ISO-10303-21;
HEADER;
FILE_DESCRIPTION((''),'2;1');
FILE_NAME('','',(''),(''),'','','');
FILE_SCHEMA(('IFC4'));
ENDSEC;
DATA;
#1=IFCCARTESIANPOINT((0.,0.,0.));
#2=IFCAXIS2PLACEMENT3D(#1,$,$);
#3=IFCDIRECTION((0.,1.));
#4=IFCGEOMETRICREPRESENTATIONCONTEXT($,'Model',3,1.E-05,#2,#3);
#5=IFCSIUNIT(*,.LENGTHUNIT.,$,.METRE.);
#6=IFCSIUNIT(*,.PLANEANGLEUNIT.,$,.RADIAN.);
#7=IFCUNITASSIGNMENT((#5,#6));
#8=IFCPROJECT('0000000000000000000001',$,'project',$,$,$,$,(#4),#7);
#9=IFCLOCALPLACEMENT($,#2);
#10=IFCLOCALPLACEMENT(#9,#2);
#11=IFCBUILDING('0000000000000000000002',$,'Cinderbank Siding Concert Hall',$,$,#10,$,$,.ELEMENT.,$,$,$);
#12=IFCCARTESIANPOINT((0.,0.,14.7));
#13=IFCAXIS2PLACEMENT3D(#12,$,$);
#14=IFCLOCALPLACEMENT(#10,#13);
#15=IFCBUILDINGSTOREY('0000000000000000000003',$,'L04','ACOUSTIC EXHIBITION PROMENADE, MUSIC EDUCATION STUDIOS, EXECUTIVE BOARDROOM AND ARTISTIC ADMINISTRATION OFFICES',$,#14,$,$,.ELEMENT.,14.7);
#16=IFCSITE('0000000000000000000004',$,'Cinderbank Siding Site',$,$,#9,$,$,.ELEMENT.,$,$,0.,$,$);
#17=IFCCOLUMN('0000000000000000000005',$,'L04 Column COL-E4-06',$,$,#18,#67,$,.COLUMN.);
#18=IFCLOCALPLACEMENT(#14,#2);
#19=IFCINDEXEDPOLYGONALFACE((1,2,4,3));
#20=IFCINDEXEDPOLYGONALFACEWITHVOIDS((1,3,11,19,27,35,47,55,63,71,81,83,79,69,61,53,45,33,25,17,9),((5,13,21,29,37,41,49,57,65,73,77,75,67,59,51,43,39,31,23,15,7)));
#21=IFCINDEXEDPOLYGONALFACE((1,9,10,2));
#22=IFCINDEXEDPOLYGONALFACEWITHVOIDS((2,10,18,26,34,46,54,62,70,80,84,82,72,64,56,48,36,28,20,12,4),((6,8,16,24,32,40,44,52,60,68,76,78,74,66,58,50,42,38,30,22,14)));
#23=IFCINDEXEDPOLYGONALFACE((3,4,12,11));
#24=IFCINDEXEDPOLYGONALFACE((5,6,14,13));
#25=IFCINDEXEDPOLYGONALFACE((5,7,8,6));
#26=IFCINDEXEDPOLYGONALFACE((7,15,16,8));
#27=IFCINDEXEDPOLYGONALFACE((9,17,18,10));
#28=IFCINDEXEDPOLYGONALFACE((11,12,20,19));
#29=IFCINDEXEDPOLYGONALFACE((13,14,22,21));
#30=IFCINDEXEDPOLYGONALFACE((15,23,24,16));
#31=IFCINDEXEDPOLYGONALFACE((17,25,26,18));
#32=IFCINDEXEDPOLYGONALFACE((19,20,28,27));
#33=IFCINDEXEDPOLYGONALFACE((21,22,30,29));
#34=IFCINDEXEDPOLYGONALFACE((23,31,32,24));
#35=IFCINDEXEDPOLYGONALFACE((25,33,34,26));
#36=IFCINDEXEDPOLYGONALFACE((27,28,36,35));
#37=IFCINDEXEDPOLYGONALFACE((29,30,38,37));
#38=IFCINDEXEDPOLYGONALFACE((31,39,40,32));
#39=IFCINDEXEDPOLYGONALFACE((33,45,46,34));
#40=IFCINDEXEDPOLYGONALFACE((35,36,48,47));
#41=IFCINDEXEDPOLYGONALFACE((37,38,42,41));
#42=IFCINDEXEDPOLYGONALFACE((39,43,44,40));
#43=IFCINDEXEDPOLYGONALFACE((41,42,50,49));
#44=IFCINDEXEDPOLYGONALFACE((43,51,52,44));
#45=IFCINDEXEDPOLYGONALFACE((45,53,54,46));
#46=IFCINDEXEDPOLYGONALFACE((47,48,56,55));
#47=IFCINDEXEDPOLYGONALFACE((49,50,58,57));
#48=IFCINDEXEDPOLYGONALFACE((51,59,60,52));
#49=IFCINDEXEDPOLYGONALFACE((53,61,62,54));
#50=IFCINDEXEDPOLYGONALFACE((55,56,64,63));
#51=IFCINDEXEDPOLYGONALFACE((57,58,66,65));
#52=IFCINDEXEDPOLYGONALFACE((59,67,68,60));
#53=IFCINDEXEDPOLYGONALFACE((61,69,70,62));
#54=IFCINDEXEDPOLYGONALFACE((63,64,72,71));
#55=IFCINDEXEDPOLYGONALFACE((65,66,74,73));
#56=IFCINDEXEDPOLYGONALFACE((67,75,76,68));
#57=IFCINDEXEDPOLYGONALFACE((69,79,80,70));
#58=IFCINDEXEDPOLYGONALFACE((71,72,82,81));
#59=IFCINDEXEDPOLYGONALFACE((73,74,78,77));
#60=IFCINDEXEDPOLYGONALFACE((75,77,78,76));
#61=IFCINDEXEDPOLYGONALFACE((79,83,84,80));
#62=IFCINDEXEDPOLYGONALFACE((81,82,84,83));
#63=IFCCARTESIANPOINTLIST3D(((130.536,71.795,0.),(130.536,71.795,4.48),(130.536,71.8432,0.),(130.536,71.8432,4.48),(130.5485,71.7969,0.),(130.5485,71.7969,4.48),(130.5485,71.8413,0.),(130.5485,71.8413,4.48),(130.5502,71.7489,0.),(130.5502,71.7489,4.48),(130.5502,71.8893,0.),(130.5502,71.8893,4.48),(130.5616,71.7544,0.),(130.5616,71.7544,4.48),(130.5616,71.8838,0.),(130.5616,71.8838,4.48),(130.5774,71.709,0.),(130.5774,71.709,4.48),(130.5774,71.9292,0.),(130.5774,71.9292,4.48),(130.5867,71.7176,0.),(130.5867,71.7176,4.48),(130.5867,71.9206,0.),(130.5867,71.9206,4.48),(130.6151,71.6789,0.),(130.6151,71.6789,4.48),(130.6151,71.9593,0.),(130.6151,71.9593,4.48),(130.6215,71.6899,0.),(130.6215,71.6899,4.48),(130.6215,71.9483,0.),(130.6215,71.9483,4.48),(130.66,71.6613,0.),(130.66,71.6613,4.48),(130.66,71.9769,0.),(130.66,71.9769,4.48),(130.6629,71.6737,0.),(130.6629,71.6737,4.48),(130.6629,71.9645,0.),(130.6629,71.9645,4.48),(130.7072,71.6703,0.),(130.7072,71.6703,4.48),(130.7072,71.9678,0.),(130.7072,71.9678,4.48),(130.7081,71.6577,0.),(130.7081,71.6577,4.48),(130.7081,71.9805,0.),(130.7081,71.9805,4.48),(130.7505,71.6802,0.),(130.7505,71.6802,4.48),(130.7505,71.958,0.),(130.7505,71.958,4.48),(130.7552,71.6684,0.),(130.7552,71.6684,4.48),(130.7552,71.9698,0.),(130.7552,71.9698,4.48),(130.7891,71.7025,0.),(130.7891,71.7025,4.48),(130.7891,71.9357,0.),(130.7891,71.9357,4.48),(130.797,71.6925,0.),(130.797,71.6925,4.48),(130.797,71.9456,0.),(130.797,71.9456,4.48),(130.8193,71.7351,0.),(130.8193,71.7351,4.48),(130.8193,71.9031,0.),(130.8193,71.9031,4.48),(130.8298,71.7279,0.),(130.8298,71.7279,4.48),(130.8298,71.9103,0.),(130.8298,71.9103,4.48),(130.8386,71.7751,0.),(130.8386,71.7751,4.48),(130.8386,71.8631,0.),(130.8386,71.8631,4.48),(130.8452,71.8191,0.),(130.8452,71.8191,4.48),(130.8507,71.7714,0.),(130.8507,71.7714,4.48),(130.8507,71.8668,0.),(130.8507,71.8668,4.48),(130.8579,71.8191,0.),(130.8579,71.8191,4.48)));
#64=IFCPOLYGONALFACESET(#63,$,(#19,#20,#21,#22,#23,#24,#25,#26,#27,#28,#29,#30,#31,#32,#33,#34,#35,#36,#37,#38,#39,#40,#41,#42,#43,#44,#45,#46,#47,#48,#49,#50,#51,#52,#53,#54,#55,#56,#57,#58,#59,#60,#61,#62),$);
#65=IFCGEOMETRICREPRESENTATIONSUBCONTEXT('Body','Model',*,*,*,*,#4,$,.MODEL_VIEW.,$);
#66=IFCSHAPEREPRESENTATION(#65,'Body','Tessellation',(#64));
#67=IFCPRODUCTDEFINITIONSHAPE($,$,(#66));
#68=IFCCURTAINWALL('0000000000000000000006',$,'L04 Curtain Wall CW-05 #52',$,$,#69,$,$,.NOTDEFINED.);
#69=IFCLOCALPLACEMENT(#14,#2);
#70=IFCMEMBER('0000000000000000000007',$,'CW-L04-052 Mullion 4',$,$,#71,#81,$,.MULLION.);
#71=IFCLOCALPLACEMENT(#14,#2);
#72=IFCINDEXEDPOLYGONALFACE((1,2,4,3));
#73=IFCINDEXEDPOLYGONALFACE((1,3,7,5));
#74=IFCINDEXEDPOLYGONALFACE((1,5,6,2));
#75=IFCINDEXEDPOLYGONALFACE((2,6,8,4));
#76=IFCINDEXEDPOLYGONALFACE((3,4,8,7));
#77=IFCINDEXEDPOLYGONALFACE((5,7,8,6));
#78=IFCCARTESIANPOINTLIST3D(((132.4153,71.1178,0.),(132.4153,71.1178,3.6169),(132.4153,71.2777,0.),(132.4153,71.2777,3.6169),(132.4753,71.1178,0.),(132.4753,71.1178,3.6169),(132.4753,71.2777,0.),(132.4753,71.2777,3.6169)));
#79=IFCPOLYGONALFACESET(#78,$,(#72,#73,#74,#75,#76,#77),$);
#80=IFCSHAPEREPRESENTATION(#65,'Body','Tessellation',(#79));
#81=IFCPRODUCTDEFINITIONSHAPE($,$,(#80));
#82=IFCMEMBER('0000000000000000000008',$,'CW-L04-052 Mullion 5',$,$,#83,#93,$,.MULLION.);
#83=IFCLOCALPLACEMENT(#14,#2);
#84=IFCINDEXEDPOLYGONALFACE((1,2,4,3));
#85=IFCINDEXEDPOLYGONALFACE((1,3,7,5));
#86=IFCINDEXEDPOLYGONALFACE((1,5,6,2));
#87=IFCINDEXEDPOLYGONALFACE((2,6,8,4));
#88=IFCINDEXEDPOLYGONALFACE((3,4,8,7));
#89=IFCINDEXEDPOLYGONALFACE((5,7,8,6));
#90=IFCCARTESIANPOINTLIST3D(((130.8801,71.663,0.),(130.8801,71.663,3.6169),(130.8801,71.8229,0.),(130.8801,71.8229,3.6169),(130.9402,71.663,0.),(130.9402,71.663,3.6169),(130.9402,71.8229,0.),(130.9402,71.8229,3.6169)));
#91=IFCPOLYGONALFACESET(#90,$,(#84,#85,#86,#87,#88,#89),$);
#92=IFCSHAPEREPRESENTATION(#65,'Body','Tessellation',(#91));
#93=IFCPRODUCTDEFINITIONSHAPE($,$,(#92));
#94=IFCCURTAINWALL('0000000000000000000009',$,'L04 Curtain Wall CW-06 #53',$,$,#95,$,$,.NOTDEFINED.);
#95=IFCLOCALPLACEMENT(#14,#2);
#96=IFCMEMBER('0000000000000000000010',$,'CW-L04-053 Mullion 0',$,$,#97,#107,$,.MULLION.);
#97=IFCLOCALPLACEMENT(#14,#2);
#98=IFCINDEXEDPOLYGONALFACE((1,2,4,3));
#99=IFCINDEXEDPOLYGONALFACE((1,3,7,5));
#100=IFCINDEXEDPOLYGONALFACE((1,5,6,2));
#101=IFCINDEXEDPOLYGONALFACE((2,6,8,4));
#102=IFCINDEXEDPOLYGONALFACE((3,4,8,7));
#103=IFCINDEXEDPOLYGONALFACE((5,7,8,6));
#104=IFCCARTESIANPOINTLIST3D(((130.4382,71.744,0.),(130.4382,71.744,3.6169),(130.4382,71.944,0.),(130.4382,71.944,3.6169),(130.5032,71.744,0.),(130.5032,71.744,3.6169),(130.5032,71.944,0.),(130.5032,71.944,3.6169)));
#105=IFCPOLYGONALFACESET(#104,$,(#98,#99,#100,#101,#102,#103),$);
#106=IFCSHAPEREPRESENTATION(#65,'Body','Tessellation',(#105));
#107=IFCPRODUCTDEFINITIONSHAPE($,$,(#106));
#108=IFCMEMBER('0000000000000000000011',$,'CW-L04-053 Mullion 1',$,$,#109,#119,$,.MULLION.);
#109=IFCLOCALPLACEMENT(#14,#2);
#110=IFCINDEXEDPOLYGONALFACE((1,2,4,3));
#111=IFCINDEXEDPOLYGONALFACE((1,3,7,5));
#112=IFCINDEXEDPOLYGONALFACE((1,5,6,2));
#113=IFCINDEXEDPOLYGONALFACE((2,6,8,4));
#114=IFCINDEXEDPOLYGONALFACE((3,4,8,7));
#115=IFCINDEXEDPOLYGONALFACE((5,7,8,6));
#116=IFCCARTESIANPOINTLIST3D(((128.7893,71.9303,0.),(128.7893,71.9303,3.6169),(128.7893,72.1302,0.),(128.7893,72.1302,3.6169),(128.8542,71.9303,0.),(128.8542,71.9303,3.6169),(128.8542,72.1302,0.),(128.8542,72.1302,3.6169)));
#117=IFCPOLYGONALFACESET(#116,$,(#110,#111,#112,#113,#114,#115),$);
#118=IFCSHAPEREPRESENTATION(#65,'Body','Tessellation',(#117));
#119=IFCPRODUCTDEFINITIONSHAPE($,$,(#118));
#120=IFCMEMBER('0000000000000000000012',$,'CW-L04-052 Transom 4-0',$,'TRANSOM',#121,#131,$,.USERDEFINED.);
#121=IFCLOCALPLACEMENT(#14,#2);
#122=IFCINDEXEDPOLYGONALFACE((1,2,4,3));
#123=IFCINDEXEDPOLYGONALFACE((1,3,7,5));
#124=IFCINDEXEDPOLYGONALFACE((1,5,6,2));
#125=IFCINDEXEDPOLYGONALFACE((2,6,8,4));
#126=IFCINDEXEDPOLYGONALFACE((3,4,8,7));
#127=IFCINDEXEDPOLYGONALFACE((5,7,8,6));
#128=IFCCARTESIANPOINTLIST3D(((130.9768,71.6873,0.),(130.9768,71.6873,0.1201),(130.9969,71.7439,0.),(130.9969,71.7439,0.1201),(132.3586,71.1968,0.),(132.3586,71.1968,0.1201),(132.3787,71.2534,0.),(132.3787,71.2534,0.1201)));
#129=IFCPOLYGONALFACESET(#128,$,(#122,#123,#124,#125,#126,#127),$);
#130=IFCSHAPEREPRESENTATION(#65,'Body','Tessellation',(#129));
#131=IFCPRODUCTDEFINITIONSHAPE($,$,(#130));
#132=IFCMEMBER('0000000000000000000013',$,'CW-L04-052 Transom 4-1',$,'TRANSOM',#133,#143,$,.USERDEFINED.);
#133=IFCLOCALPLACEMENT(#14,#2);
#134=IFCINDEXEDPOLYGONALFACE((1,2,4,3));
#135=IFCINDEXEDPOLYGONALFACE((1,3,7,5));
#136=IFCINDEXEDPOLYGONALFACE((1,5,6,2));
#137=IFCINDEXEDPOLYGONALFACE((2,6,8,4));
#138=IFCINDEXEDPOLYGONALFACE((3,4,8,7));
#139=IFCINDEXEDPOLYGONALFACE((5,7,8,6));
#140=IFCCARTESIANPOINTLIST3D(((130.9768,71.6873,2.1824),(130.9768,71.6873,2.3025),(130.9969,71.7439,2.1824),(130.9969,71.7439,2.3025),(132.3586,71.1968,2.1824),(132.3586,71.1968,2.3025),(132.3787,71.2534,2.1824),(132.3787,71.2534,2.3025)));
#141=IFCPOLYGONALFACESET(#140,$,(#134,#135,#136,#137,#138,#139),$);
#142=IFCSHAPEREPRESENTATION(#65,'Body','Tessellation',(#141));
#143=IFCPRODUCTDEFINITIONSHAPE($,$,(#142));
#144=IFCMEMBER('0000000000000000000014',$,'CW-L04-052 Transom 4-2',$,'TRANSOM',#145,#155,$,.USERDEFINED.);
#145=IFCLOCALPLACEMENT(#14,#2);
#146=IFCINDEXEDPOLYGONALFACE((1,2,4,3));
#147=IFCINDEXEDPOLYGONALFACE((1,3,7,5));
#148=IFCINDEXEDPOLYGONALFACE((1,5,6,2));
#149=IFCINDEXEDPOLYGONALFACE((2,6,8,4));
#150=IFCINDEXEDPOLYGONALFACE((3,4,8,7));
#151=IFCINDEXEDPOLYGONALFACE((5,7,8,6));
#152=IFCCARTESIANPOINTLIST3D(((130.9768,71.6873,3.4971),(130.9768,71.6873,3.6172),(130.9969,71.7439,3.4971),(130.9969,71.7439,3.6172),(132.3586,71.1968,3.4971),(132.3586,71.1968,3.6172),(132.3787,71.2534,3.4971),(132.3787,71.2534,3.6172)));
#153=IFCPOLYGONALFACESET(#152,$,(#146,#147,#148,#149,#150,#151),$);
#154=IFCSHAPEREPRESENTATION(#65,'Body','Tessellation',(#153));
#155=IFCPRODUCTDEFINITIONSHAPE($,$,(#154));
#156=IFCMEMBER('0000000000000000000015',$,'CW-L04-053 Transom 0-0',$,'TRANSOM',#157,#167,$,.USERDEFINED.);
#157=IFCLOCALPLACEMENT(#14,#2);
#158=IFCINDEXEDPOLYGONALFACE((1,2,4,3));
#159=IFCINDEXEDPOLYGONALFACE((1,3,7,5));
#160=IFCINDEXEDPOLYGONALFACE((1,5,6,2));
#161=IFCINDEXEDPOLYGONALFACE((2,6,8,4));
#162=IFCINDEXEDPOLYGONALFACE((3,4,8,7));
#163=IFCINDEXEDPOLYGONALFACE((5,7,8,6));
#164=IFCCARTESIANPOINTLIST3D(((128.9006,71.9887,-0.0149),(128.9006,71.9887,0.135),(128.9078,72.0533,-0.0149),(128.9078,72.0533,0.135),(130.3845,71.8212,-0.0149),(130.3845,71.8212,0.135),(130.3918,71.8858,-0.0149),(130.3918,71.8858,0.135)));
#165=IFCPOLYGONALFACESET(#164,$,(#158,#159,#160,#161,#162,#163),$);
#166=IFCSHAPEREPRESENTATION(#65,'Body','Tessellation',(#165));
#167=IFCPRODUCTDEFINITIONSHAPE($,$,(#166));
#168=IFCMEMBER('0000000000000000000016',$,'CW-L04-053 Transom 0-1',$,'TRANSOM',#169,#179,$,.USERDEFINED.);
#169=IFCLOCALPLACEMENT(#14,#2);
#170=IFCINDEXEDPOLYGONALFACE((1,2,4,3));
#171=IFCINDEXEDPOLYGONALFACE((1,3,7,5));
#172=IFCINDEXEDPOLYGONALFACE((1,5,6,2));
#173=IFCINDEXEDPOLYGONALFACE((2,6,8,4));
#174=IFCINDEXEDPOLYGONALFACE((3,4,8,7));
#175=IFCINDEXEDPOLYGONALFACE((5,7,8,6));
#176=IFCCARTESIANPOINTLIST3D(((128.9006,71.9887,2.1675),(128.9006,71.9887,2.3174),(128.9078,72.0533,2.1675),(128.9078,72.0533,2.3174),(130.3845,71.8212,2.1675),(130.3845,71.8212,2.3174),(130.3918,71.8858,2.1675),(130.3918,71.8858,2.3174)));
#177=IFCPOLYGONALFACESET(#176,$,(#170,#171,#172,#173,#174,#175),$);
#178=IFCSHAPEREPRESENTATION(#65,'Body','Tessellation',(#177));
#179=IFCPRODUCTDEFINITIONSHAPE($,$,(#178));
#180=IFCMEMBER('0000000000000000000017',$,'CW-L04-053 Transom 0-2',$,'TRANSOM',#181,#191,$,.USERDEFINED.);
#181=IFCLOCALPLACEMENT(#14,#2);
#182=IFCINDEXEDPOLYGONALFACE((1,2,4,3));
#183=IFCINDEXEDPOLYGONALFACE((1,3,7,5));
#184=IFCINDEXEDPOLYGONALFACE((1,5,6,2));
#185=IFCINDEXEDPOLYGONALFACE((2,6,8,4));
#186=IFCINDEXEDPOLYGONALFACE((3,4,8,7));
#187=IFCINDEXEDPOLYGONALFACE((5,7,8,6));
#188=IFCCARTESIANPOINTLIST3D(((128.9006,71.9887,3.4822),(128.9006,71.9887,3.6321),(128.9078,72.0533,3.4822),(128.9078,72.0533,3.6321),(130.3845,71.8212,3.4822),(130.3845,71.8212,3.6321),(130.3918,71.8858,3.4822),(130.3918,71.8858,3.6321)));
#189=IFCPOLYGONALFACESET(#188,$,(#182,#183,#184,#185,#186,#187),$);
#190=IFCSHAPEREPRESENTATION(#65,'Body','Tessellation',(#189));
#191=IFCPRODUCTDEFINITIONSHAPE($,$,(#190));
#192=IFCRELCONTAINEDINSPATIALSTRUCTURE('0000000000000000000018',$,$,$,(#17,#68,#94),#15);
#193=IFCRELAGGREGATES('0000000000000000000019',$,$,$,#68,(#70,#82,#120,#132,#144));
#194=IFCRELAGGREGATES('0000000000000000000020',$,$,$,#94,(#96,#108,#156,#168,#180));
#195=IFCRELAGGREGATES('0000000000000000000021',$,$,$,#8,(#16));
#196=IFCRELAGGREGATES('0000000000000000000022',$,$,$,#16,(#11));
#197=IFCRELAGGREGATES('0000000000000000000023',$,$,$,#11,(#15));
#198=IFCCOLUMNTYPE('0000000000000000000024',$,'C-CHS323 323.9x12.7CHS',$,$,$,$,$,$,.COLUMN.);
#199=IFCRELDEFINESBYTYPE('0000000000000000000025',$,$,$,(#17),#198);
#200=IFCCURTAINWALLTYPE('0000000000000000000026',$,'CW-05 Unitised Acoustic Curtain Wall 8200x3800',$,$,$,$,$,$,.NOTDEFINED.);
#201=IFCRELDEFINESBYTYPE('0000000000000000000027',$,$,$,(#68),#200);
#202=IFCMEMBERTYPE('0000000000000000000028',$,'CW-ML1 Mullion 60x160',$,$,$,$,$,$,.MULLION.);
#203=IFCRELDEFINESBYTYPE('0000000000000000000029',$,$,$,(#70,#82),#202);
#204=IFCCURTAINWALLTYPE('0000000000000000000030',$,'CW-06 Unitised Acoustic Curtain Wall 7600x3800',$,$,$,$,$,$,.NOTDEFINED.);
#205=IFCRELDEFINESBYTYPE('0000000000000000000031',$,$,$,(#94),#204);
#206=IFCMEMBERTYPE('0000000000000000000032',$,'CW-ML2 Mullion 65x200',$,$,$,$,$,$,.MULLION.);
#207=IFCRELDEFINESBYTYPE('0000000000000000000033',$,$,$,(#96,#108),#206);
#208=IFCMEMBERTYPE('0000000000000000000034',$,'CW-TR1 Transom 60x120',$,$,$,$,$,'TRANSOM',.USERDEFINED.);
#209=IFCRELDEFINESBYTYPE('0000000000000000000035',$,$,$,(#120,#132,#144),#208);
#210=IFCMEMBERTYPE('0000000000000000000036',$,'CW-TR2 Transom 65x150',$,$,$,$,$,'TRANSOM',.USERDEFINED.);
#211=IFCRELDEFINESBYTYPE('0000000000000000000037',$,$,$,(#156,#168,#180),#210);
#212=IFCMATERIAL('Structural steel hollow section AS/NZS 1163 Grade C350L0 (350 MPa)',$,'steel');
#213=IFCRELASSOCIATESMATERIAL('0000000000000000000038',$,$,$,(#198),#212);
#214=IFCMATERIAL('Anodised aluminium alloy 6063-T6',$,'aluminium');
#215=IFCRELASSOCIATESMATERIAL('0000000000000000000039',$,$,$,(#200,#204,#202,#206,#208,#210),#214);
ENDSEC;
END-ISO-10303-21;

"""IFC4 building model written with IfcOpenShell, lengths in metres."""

from ifc_helpers import new_model, si_unit, direction, frame, origin, origin_2d, place, context, subcontext, project, spatial, rectangle, hollow_circle, extrude, material, material_profile, profile_set, type_object, element, aggregate, save


model = new_model("IFC4")

# Units and contexts
model_context = context("Model", 3, precision=1e-05, world=origin(), true_north=direction((0.0, 1.0)))
body_context = subcontext(model_context, "Body", "Model", "MODEL_VIEW")
ifc_project = project(units=[si_unit("LENGTHUNIT", "METRE"), si_unit("PLANEANGLEUNIT", "RADIAN")], contexts=[model_context])

# Site, building, storey
site_placement = place(None, origin())
site = spatial("IfcSite", under=ifc_project, at=site_placement, Name="Cinderbank Siding Site", CompositionType="ELEMENT", RefElevation=0.0)
building_placement = place(site_placement, origin())
building = spatial("IfcBuilding", under=site, at=building_placement, Name="Cinderbank Siding Concert Hall", CompositionType="ELEMENT")
storey_placement = place(building_placement, frame((0.0, 0.0, 14.7)))
storey = spatial("IfcBuildingStorey", under=building, at=storey_placement, Name="L04", Description="ACOUSTIC EXHIBITION PROMENADE, MUSIC EDUCATION STUDIOS, EXECUTIVE BOARDROOM AND ARTISTIC ADMINISTRATION OFFICES", CompositionType="ELEMENT", Elevation=14.7)

# Column
ifc_material_1 = material(Name="Structural steel hollow section AS/NZS 1163 Grade C350L0 (350 MPa)", Category="steel")
ifc_material_profile_1 = material_profile(ifc_material_1, hollow_circle(Radius=0.1619, WallThickness=0.0127, at=origin_2d()), Name="323.9x12.7CHS", Category="LoadBearing")
ifc_profile_set_1 = profile_set([ifc_material_profile_1], Name="Structural steel hollow section AS/NZS 1163 Grade C350L0 (350 MPa)")
column_type = type_object("IfcColumnType", Name="C-CHS323 323.9x12.7CHS", PredefinedType="COLUMN", material=ifc_profile_set_1)
column_placement = place(storey_placement, frame((130.696, 71.8191, 0.0), z_axis=(0.0, 0.0, 1.0), x_axis=(1.0, 0.0, 0.0)))
element("IfcColumn", 1, at=column_placement, inside=storey, type_object=column_type, Name="L04 Column COL-E4-06", PredefinedType="COLUMN", context=body_context, shape_type="SweptSolid", body=[
    extrude(hollow_circle(Radius=0.1619, WallThickness=0.0127, at=origin_2d()), origin(), (0.0, 0.0, 1.0), 4.48),
])

# Curtain walls, members
ifc_material_2 = material(Name="Anodised aluminium alloy 6063-T6", Category="aluminium")
curtain_wall_type_1 = type_object("IfcCurtainWallType", Name="CW-05 Unitised Acoustic Curtain Wall 8200x3800", PredefinedType="NOTDEFINED", material=ifc_material_2)
curtain_wall_1_placement = place(storey_placement, origin())
curtain_wall_1 = element("IfcCurtainWall", 2, at=curtain_wall_1_placement, inside=storey, type_object=curtain_wall_type_1, Name="L04 Curtain Wall CW-05 #52", PredefinedType="NOTDEFINED")
ifc_material_profile_2 = material_profile(ifc_material_2, rectangle(XDim=0.0601, YDim=0.1599, at=origin_2d()), Name="ALU-MULL-60x160", Category="LoadBearing")
ifc_profile_set_2 = profile_set([ifc_material_profile_2], Name="Anodised aluminium alloy 6063-T6")
member_type_1 = type_object("IfcMemberType", Name="CW-ML1 Mullion 60x160", PredefinedType="MULLION", material=ifc_profile_set_2)
member_1_placement = place(storey_placement, frame((132.4453, 71.1978, 0.0), z_axis=(0.0, 0.0, 1.0), x_axis=(1.0, 0.0, 0.0)))
member_1 = element("IfcMember", 3, at=member_1_placement, type_object=member_type_1, Name="CW-L04-052 Mullion 4", PredefinedType="MULLION", context=body_context, shape_type="SweptSolid", body=[
    extrude(rectangle(XDim=0.0601, YDim=0.1599, at=origin_2d()), origin(), (0.0, 0.0, 1.0), 3.6169),
])
member_2_placement = place(storey_placement, frame((130.9102, 71.7429, 0.0), z_axis=(0.0, 0.0, 1.0), x_axis=(1.0, 0.0, 0.0)))
member_2 = element("IfcMember", 4, at=member_2_placement, type_object=member_type_1, Name="CW-L04-052 Mullion 5", PredefinedType="MULLION", context=body_context, shape_type="SweptSolid", body=[
    extrude(rectangle(XDim=0.0601, YDim=0.1599, at=origin_2d()), origin(), (0.0, 0.0, 1.0), 3.6169),
])
curtain_wall_type_2 = type_object("IfcCurtainWallType", Name="CW-06 Unitised Acoustic Curtain Wall 7600x3800", PredefinedType="NOTDEFINED", material=ifc_material_2)
curtain_wall_2_placement = place(storey_placement, origin())
curtain_wall_2 = element("IfcCurtainWall", 5, at=curtain_wall_2_placement, inside=storey, type_object=curtain_wall_type_2, Name="L04 Curtain Wall CW-06 #53", PredefinedType="NOTDEFINED")
ifc_material_profile_3 = material_profile(ifc_material_2, rectangle(XDim=0.0649, YDim=0.2, at=origin_2d()), Name="ALU-MULL-65x200", Category="LoadBearing")
ifc_profile_set_3 = profile_set([ifc_material_profile_3], Name="Anodised aluminium alloy 6063-T6")
member_type_2 = type_object("IfcMemberType", Name="CW-ML2 Mullion 65x200", PredefinedType="MULLION", material=ifc_profile_set_3)
member_3_placement = place(storey_placement, frame((130.4707, 71.844, 0.0), z_axis=(0.0, 0.0, 1.0), x_axis=(1.0, 0.0, 0.0)))
member_3 = element("IfcMember", 6, at=member_3_placement, type_object=member_type_2, Name="CW-L04-053 Mullion 0", PredefinedType="MULLION", context=body_context, shape_type="SweptSolid", body=[
    extrude(rectangle(XDim=0.0649, YDim=0.2, at=origin_2d()), origin(), (0.0, 0.0, 1.0), 3.6169),
])
member_4_placement = place(storey_placement, frame((128.8218, 72.0303, 0.0), z_axis=(0.0, 0.0, 1.0), x_axis=(1.0, 0.0, 0.0)))
member_4 = element("IfcMember", 7, at=member_4_placement, type_object=member_type_2, Name="CW-L04-053 Mullion 1", PredefinedType="MULLION", context=body_context, shape_type="SweptSolid", body=[
    extrude(rectangle(XDim=0.0649, YDim=0.2, at=origin_2d()), origin(), (0.0, 0.0, 1.0), 3.6169),
])

# Members
ifc_material_profile_4 = material_profile(ifc_material_2, rectangle(XDim=0.0601, YDim=0.1201, at=origin_2d()), Name="ALU-TRAN-60x120", Category="LoadBearing")
ifc_profile_set_4 = profile_set([ifc_material_profile_4], Name="Anodised aluminium alloy 6063-T6")
member_type_3 = type_object("IfcMemberType", Name="CW-TR1 Transom 60x120", ElementType="TRANSOM", PredefinedType="USERDEFINED", material=ifc_profile_set_4)
member_5_placement = place(storey_placement, frame((132.3687, 71.2251, 0.0601), z_axis=(-0.942396, 0.3345, 0.0), x_axis=(-0.3345, -0.942396, 0.0)))
member_5 = element("IfcMember", 8, at=member_5_placement, type_object=member_type_3, Name="CW-L04-052 Transom 4-0", ObjectType="TRANSOM", PredefinedType="USERDEFINED", context=body_context, shape_type="SweptSolid", body=[
    extrude(rectangle(XDim=0.0601, YDim=0.1201, at=origin_2d()), origin(), (0.0, 0.0, 1.0), 1.4663),
])
member_6_placement = place(storey_placement, frame((132.3687, 71.2251, 2.2424), z_axis=(-0.942396, 0.3345, 0.0), x_axis=(-0.3345, -0.942396, 0.0)))
member_6 = element("IfcMember", 9, at=member_6_placement, type_object=member_type_3, Name="CW-L04-052 Transom 4-1", ObjectType="TRANSOM", PredefinedType="USERDEFINED", context=body_context, shape_type="SweptSolid", body=[
    extrude(rectangle(XDim=0.0601, YDim=0.1201, at=origin_2d()), origin(), (0.0, 0.0, 1.0), 1.4663),
])
member_7_placement = place(storey_placement, frame((132.3687, 71.2251, 3.5571), z_axis=(-0.942396, 0.3345, 0.0), x_axis=(-0.3345, -0.942396, 0.0)))
member_7 = element("IfcMember", 10, at=member_7_placement, type_object=member_type_3, Name="CW-L04-052 Transom 4-2", ObjectType="TRANSOM", PredefinedType="USERDEFINED", context=body_context, shape_type="SweptSolid", body=[
    extrude(rectangle(XDim=0.0601, YDim=0.1201, at=origin_2d()), origin(), (0.0, 0.0, 1.0), 1.4663),
])
ifc_material_profile_5 = material_profile(ifc_material_2, rectangle(XDim=0.0649, YDim=0.1499, at=origin_2d()), Name="ALU-TRAN-65x150", Category="LoadBearing")
ifc_profile_set_5 = profile_set([ifc_material_profile_5], Name="Anodised aluminium alloy 6063-T6")
member_type_4 = type_object("IfcMemberType", Name="CW-TR2 Transom 65x150", ElementType="TRANSOM", PredefinedType="USERDEFINED", material=ifc_profile_set_5)
member_8_placement = place(storey_placement, frame((130.3882, 71.8535, 0.0601), z_axis=(-0.993691, 0.112154, 0.0), x_axis=(-0.112154, -0.993691, 0.0)))
member_8 = element("IfcMember", 11, at=member_8_placement, type_object=member_type_4, Name="CW-L04-053 Transom 0-0", ObjectType="TRANSOM", PredefinedType="USERDEFINED", context=body_context, shape_type="SweptSolid", body=[
    extrude(rectangle(XDim=0.0649, YDim=0.1499, at=origin_2d()), origin(), (0.0, 0.0, 1.0), 1.4934),
])
member_9_placement = place(storey_placement, frame((130.3882, 71.8535, 2.2424), z_axis=(-0.993691, 0.112154, 0.0), x_axis=(-0.112154, -0.993691, 0.0)))
member_9 = element("IfcMember", 12, at=member_9_placement, type_object=member_type_4, Name="CW-L04-053 Transom 0-1", ObjectType="TRANSOM", PredefinedType="USERDEFINED", context=body_context, shape_type="SweptSolid", body=[
    extrude(rectangle(XDim=0.0649, YDim=0.1499, at=origin_2d()), origin(), (0.0, 0.0, 1.0), 1.4934),
])
member_10_placement = place(storey_placement, frame((130.3882, 71.8535, 3.5571), z_axis=(-0.993691, 0.112154, 0.0), x_axis=(-0.112154, -0.993691, 0.0)))
member_10 = element("IfcMember", 13, at=member_10_placement, type_object=member_type_4, Name="CW-L04-053 Transom 0-2", ObjectType="TRANSOM", PredefinedType="USERDEFINED", context=body_context, shape_type="SweptSolid", body=[
    extrude(rectangle(XDim=0.0649, YDim=0.1499, at=origin_2d()), origin(), (0.0, 0.0, 1.0), 1.4934),
])

aggregate(curtain_wall_1, [member_1, member_2, member_5, member_6, member_7])
aggregate(curtain_wall_2, [member_3, member_4, member_8, member_9, member_10])

save(model, "model.ifc")
